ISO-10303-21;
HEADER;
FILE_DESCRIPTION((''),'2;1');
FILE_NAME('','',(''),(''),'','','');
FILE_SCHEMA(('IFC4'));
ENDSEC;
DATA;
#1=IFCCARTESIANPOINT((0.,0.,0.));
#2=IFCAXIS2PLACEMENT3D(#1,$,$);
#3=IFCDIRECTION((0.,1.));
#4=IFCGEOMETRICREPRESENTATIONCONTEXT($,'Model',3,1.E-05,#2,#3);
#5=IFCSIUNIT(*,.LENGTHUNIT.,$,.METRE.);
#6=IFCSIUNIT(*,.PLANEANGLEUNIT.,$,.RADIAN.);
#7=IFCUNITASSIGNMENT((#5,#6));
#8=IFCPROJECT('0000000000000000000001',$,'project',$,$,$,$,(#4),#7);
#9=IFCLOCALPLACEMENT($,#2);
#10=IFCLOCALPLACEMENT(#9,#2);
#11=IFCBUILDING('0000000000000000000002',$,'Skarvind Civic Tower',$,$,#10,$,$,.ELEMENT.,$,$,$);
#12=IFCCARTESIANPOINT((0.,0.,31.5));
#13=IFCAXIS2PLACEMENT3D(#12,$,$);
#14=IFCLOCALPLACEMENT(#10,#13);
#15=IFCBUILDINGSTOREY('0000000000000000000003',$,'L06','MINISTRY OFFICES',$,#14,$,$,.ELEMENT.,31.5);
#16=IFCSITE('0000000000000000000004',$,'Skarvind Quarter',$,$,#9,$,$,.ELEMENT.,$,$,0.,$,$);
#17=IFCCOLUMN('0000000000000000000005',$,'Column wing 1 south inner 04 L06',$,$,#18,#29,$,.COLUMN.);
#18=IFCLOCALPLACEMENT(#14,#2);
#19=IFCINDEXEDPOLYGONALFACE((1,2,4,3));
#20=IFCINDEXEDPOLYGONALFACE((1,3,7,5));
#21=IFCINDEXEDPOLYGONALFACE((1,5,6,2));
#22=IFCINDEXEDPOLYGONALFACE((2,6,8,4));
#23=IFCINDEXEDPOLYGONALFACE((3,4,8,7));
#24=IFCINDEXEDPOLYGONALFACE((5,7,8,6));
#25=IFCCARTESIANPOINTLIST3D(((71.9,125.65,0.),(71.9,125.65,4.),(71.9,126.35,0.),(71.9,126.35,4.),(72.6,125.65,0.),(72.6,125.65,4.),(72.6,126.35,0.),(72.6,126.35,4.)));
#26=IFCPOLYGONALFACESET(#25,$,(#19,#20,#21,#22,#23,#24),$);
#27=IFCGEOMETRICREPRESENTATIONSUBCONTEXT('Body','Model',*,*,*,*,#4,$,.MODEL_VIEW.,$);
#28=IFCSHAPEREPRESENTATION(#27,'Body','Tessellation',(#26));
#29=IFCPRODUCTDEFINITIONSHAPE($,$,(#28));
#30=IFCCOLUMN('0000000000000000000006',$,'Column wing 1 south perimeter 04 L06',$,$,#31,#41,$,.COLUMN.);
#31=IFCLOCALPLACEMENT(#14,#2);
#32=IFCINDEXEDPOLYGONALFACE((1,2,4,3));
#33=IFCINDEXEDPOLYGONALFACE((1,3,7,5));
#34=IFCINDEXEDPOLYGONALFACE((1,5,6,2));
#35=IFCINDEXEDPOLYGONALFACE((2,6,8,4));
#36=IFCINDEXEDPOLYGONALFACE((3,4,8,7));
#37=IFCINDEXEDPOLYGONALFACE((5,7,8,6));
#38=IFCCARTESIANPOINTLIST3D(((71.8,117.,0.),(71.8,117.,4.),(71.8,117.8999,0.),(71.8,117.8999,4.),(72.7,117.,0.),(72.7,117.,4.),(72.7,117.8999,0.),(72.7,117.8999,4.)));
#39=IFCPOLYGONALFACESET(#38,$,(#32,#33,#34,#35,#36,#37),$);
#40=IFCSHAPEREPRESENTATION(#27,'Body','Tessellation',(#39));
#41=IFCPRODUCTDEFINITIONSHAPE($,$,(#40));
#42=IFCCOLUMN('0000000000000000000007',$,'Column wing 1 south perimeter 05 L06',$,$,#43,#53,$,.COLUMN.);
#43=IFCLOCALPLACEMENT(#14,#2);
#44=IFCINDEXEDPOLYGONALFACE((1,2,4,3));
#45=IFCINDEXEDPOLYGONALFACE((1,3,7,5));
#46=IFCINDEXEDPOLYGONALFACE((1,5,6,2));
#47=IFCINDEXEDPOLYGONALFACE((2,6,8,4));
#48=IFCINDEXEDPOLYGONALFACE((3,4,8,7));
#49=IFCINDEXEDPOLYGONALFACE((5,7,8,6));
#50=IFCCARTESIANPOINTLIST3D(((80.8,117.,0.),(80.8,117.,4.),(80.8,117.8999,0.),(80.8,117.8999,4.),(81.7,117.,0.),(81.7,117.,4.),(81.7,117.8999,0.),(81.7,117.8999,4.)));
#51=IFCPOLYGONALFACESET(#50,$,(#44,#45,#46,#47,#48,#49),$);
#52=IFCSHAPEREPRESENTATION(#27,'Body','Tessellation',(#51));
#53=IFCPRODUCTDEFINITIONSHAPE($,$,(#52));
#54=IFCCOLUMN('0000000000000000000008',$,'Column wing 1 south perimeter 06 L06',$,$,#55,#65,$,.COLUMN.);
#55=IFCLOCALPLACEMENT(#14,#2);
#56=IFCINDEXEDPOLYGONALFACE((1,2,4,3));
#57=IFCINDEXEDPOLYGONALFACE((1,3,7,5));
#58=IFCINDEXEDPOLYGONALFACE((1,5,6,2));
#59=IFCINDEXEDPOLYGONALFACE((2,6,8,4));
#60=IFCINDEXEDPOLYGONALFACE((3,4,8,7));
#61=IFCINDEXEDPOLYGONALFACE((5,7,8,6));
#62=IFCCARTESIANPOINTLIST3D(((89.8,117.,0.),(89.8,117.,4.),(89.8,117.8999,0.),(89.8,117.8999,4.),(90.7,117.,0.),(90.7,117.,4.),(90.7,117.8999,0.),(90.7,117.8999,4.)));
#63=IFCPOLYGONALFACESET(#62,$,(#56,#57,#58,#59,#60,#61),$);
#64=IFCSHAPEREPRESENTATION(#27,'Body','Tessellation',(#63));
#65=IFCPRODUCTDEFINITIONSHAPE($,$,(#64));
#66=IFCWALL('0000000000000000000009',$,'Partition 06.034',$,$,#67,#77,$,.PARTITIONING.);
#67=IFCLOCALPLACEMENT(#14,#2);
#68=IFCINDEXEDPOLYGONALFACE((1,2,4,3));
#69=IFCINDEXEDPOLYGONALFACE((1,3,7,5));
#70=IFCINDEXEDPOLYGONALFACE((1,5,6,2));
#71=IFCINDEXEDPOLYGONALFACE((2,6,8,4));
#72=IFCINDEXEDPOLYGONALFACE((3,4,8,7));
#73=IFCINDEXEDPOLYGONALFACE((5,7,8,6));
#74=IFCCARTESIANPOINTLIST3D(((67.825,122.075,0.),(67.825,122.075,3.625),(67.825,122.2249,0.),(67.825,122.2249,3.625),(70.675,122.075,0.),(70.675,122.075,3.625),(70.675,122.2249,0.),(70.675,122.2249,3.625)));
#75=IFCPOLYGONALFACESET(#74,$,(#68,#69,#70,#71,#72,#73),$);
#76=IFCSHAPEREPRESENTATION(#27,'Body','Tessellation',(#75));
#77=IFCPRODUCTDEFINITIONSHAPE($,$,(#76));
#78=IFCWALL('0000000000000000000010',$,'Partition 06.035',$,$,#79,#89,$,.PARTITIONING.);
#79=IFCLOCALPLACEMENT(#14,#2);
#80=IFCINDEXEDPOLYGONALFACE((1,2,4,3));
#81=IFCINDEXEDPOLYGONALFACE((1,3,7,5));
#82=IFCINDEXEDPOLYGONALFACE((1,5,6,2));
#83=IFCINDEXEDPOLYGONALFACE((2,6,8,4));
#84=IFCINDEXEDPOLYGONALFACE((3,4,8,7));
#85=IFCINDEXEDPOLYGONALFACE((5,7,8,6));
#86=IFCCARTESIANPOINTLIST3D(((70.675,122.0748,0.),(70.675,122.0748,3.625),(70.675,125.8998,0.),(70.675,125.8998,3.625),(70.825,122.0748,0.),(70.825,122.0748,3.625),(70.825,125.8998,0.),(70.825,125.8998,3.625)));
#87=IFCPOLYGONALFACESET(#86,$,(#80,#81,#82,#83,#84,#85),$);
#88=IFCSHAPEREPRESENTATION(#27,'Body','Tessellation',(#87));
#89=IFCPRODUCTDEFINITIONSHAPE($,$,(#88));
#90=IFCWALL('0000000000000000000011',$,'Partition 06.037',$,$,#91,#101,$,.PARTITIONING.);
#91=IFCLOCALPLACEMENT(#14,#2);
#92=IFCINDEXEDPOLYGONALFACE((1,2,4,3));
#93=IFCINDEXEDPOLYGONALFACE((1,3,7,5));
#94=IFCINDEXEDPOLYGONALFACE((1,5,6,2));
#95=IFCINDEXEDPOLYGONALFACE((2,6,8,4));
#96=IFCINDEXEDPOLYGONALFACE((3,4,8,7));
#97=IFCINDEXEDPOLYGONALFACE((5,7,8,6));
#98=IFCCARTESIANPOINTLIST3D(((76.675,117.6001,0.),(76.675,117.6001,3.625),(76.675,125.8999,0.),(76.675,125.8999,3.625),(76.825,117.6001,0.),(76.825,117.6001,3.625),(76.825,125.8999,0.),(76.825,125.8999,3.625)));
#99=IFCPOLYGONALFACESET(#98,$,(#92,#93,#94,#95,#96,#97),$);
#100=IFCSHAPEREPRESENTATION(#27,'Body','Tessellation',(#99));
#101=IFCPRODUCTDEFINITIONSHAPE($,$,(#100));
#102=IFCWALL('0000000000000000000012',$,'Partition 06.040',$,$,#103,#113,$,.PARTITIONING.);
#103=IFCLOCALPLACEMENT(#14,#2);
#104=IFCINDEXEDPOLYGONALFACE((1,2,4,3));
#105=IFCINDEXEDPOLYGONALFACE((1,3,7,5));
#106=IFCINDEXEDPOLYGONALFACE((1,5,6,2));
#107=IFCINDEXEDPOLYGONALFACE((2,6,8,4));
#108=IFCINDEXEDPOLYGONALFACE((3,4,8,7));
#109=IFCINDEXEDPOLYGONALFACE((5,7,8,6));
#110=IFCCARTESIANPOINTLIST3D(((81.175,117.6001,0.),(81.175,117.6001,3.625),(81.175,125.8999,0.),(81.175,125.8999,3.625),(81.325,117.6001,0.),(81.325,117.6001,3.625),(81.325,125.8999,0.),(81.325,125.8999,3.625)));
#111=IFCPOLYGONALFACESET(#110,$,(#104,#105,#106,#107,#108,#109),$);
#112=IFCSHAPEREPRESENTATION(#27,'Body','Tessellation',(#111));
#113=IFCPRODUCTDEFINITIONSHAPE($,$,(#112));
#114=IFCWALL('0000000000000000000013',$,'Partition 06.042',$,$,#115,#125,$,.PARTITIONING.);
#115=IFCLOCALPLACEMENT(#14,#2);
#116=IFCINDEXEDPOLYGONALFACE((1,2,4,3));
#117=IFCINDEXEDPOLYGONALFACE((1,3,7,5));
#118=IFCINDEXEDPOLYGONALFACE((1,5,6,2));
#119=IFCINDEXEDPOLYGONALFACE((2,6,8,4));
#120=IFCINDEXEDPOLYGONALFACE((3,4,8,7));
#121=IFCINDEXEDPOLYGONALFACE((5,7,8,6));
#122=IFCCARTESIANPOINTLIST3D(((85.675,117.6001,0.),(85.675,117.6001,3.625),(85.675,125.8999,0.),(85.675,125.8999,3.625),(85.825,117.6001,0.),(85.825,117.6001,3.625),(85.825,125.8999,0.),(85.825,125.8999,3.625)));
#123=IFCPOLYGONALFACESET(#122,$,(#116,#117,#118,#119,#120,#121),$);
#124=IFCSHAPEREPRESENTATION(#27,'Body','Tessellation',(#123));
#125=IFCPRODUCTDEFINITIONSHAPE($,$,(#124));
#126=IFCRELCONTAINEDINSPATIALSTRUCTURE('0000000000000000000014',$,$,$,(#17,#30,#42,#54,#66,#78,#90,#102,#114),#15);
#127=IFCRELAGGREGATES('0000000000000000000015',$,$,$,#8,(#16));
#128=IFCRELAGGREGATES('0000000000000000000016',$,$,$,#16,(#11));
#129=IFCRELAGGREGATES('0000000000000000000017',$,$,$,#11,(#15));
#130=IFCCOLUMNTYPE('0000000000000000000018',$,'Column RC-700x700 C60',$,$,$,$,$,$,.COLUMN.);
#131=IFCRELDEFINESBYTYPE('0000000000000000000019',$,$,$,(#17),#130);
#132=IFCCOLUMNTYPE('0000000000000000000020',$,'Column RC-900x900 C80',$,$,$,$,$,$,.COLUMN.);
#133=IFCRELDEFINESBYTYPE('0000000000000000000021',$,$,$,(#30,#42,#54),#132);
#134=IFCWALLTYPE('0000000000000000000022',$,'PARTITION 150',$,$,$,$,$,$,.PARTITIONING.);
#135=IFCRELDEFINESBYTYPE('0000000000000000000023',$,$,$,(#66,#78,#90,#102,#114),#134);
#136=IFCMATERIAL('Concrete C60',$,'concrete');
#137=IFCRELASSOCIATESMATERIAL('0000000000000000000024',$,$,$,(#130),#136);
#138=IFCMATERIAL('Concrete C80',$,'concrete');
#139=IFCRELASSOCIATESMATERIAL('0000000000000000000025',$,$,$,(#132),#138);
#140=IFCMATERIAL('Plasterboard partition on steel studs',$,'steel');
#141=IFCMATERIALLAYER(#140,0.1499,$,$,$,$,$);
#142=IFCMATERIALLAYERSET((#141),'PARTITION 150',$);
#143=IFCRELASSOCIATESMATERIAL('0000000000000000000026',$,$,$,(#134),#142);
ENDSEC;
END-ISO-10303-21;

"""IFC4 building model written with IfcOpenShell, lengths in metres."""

from ifc_helpers import new_model, si_unit, direction, frame, frame_2d, origin, origin_2d, place, context, subcontext, project, spatial, rectangle, extrude, material, layer, layer_set, material_profile, profile_set, type_object, element, save


model = new_model("IFC4")

# Units and contexts
model_context = context("Model", 3, precision=1e-05, world=origin(), true_north=direction((0.0, 1.0)))
body_context = subcontext(model_context, "Body", "Model", "MODEL_VIEW")
ifc_project = project(units=[si_unit("LENGTHUNIT", "METRE"), si_unit("PLANEANGLEUNIT", "RADIAN")], contexts=[model_context])

# Site, building, storey
site_placement = place(None, origin())
site = spatial("IfcSite", under=ifc_project, at=site_placement, Name="Skarvind Quarter", CompositionType="ELEMENT", RefElevation=0.0)
building_placement = place(site_placement, origin())
building = spatial("IfcBuilding", under=site, at=building_placement, Name="Skarvind Civic Tower", CompositionType="ELEMENT")
storey_placement = place(building_placement, frame((0.0, 0.0, 31.5)))
storey = spatial("IfcBuildingStorey", under=building, at=storey_placement, Name="L06", Description="MINISTRY OFFICES", CompositionType="ELEMENT", Elevation=31.5)

# Columns
ifc_material_1 = material(Name="Concrete C60", Category="concrete")
ifc_material_profile_1 = material_profile(ifc_material_1, rectangle(XDim=0.7, YDim=0.7, at=origin_2d()), Name="RC-700x700")
ifc_profile_set_1 = profile_set([ifc_material_profile_1], Name="Concrete C60")
column_type_1 = type_object("IfcColumnType", Name="Column RC-700x700 C60", PredefinedType="COLUMN", material=ifc_profile_set_1)
column_placement = place(storey_placement, frame((72.25, 126.0, 0.0), z_axis=(0.0, 0.0, 1.0), x_axis=(1.0, 0.0, 0.0)))
element("IfcColumn", 1, at=column_placement, inside=storey, type_object=column_type_1, Name="Column wing 1 south inner 04 L06", PredefinedType="COLUMN", context=body_context, shape_type="SweptSolid", body=[
    extrude(rectangle(XDim=0.7, YDim=0.7, at=origin_2d()), origin(), (0.0, 0.0, 1.0), 4.0),
])
ifc_material_2 = material(Name="Concrete C80", Category="concrete")
ifc_material_profile_2 = material_profile(ifc_material_2, rectangle(XDim=0.8999, YDim=0.8999, at=origin_2d()), Name="RC-900x900")
ifc_profile_set_2 = profile_set([ifc_material_profile_2], Name="Concrete C80")
column_type_2 = type_object("IfcColumnType", Name="Column RC-900x900 C80", PredefinedType="COLUMN", material=ifc_profile_set_2)
for number, where, z_axis, x_axis, name in (
    (2, (72.25, 117.45, 0.0), (0.0, 0.0, 1.0), (1.0, 0.0, 0.0), "Column wing 1 south perimeter 04 L06"),
    (3, (81.25, 117.45, 0.0), (0.0, 0.0, 1.0), (1.0, 0.0, 0.0), "Column wing 1 south perimeter 05 L06"),
    (4, (90.25, 117.45, 0.0), (0.0, 0.0, 1.0), (1.0, 0.0, 0.0), "Column wing 1 south perimeter 06 L06"),
):
    element("IfcColumn", number, at=place(storey_placement, frame(where, z_axis=z_axis, x_axis=x_axis)), inside=storey, type_object=column_type_2, Name=name, PredefinedType="COLUMN", context=body_context, shape_type="SweptSolid", body=[
        extrude(rectangle(XDim=0.8999, YDim=0.8999, at=origin_2d()), origin(), (0.0, 0.0, 1.0), 4.0),
    ])

# Walls
ifc_material_3 = material(Name="Plasterboard partition on steel studs", Category="steel")
ifc_layer_1 = layer(ifc_material_3, 0.1499)
ifc_layer_set_1 = layer_set([ifc_layer_1], Name="PARTITION 150")
wall_type_1 = type_object("IfcWallType", Name="PARTITION 150", PredefinedType="PARTITIONING", material=ifc_layer_set_1)
wall_1_placement = place(storey_placement, frame((70.675, 122.1499, 0.0), z_axis=(0.0, 0.0, 1.0), x_axis=(-1.0, 0.0, 0.0)))
element("IfcWall", 5, at=wall_1_placement, inside=storey, type_object=wall_type_1, Name="Partition 06.034", PredefinedType="PARTITIONING", context=body_context, shape_type="SweptSolid", body=[
    extrude(rectangle(XDim=2.8501, YDim=0.1499, at=frame_2d((1.425, 0.0))), origin(), (0.0, 0.0, 1.0), 3.625),
])
wall_2_placement = place(storey_placement, frame((70.75, 125.8999, 0.0), z_axis=(0.0, 0.0, 1.0), x_axis=(0.0, -1.0, 0.0)))
element("IfcWall", 6, at=wall_2_placement, inside=storey, type_object=wall_type_1, Name="Partition 06.035", PredefinedType="PARTITIONING", context=body_context, shape_type="SweptSolid", body=[
    extrude(rectangle(XDim=3.825, YDim=0.1499, at=frame_2d((1.9126, 0.0))), origin(), (0.0, 0.0, 1.0), 3.625),
])
for number, where, z_axis, x_axis, name in (
    (7, (76.75, 117.6001, 0.0), (0.0, 0.0, 1.0), (0.0, 1.0, 0.0), "Partition 06.037"),
    (8, (81.25, 117.6001, 0.0), (0.0, 0.0, 1.0), (0.0, 1.0, 0.0), "Partition 06.040"),
    (9, (85.75, 117.6001, 0.0), (0.0, 0.0, 1.0), (0.0, 1.0, 0.0), "Partition 06.042"),
):
    element("IfcWall", number, at=place(storey_placement, frame(where, z_axis=z_axis, x_axis=x_axis)), inside=storey, type_object=wall_type_1, Name=name, PredefinedType="PARTITIONING", context=body_context, shape_type="SweptSolid", body=[
        extrude(rectangle(XDim=8.2998, YDim=0.1499, at=frame_2d((4.1499, 0.0))), origin(), (0.0, 0.0, 1.0), 3.625),
    ])

save(model, "model.ifc")
